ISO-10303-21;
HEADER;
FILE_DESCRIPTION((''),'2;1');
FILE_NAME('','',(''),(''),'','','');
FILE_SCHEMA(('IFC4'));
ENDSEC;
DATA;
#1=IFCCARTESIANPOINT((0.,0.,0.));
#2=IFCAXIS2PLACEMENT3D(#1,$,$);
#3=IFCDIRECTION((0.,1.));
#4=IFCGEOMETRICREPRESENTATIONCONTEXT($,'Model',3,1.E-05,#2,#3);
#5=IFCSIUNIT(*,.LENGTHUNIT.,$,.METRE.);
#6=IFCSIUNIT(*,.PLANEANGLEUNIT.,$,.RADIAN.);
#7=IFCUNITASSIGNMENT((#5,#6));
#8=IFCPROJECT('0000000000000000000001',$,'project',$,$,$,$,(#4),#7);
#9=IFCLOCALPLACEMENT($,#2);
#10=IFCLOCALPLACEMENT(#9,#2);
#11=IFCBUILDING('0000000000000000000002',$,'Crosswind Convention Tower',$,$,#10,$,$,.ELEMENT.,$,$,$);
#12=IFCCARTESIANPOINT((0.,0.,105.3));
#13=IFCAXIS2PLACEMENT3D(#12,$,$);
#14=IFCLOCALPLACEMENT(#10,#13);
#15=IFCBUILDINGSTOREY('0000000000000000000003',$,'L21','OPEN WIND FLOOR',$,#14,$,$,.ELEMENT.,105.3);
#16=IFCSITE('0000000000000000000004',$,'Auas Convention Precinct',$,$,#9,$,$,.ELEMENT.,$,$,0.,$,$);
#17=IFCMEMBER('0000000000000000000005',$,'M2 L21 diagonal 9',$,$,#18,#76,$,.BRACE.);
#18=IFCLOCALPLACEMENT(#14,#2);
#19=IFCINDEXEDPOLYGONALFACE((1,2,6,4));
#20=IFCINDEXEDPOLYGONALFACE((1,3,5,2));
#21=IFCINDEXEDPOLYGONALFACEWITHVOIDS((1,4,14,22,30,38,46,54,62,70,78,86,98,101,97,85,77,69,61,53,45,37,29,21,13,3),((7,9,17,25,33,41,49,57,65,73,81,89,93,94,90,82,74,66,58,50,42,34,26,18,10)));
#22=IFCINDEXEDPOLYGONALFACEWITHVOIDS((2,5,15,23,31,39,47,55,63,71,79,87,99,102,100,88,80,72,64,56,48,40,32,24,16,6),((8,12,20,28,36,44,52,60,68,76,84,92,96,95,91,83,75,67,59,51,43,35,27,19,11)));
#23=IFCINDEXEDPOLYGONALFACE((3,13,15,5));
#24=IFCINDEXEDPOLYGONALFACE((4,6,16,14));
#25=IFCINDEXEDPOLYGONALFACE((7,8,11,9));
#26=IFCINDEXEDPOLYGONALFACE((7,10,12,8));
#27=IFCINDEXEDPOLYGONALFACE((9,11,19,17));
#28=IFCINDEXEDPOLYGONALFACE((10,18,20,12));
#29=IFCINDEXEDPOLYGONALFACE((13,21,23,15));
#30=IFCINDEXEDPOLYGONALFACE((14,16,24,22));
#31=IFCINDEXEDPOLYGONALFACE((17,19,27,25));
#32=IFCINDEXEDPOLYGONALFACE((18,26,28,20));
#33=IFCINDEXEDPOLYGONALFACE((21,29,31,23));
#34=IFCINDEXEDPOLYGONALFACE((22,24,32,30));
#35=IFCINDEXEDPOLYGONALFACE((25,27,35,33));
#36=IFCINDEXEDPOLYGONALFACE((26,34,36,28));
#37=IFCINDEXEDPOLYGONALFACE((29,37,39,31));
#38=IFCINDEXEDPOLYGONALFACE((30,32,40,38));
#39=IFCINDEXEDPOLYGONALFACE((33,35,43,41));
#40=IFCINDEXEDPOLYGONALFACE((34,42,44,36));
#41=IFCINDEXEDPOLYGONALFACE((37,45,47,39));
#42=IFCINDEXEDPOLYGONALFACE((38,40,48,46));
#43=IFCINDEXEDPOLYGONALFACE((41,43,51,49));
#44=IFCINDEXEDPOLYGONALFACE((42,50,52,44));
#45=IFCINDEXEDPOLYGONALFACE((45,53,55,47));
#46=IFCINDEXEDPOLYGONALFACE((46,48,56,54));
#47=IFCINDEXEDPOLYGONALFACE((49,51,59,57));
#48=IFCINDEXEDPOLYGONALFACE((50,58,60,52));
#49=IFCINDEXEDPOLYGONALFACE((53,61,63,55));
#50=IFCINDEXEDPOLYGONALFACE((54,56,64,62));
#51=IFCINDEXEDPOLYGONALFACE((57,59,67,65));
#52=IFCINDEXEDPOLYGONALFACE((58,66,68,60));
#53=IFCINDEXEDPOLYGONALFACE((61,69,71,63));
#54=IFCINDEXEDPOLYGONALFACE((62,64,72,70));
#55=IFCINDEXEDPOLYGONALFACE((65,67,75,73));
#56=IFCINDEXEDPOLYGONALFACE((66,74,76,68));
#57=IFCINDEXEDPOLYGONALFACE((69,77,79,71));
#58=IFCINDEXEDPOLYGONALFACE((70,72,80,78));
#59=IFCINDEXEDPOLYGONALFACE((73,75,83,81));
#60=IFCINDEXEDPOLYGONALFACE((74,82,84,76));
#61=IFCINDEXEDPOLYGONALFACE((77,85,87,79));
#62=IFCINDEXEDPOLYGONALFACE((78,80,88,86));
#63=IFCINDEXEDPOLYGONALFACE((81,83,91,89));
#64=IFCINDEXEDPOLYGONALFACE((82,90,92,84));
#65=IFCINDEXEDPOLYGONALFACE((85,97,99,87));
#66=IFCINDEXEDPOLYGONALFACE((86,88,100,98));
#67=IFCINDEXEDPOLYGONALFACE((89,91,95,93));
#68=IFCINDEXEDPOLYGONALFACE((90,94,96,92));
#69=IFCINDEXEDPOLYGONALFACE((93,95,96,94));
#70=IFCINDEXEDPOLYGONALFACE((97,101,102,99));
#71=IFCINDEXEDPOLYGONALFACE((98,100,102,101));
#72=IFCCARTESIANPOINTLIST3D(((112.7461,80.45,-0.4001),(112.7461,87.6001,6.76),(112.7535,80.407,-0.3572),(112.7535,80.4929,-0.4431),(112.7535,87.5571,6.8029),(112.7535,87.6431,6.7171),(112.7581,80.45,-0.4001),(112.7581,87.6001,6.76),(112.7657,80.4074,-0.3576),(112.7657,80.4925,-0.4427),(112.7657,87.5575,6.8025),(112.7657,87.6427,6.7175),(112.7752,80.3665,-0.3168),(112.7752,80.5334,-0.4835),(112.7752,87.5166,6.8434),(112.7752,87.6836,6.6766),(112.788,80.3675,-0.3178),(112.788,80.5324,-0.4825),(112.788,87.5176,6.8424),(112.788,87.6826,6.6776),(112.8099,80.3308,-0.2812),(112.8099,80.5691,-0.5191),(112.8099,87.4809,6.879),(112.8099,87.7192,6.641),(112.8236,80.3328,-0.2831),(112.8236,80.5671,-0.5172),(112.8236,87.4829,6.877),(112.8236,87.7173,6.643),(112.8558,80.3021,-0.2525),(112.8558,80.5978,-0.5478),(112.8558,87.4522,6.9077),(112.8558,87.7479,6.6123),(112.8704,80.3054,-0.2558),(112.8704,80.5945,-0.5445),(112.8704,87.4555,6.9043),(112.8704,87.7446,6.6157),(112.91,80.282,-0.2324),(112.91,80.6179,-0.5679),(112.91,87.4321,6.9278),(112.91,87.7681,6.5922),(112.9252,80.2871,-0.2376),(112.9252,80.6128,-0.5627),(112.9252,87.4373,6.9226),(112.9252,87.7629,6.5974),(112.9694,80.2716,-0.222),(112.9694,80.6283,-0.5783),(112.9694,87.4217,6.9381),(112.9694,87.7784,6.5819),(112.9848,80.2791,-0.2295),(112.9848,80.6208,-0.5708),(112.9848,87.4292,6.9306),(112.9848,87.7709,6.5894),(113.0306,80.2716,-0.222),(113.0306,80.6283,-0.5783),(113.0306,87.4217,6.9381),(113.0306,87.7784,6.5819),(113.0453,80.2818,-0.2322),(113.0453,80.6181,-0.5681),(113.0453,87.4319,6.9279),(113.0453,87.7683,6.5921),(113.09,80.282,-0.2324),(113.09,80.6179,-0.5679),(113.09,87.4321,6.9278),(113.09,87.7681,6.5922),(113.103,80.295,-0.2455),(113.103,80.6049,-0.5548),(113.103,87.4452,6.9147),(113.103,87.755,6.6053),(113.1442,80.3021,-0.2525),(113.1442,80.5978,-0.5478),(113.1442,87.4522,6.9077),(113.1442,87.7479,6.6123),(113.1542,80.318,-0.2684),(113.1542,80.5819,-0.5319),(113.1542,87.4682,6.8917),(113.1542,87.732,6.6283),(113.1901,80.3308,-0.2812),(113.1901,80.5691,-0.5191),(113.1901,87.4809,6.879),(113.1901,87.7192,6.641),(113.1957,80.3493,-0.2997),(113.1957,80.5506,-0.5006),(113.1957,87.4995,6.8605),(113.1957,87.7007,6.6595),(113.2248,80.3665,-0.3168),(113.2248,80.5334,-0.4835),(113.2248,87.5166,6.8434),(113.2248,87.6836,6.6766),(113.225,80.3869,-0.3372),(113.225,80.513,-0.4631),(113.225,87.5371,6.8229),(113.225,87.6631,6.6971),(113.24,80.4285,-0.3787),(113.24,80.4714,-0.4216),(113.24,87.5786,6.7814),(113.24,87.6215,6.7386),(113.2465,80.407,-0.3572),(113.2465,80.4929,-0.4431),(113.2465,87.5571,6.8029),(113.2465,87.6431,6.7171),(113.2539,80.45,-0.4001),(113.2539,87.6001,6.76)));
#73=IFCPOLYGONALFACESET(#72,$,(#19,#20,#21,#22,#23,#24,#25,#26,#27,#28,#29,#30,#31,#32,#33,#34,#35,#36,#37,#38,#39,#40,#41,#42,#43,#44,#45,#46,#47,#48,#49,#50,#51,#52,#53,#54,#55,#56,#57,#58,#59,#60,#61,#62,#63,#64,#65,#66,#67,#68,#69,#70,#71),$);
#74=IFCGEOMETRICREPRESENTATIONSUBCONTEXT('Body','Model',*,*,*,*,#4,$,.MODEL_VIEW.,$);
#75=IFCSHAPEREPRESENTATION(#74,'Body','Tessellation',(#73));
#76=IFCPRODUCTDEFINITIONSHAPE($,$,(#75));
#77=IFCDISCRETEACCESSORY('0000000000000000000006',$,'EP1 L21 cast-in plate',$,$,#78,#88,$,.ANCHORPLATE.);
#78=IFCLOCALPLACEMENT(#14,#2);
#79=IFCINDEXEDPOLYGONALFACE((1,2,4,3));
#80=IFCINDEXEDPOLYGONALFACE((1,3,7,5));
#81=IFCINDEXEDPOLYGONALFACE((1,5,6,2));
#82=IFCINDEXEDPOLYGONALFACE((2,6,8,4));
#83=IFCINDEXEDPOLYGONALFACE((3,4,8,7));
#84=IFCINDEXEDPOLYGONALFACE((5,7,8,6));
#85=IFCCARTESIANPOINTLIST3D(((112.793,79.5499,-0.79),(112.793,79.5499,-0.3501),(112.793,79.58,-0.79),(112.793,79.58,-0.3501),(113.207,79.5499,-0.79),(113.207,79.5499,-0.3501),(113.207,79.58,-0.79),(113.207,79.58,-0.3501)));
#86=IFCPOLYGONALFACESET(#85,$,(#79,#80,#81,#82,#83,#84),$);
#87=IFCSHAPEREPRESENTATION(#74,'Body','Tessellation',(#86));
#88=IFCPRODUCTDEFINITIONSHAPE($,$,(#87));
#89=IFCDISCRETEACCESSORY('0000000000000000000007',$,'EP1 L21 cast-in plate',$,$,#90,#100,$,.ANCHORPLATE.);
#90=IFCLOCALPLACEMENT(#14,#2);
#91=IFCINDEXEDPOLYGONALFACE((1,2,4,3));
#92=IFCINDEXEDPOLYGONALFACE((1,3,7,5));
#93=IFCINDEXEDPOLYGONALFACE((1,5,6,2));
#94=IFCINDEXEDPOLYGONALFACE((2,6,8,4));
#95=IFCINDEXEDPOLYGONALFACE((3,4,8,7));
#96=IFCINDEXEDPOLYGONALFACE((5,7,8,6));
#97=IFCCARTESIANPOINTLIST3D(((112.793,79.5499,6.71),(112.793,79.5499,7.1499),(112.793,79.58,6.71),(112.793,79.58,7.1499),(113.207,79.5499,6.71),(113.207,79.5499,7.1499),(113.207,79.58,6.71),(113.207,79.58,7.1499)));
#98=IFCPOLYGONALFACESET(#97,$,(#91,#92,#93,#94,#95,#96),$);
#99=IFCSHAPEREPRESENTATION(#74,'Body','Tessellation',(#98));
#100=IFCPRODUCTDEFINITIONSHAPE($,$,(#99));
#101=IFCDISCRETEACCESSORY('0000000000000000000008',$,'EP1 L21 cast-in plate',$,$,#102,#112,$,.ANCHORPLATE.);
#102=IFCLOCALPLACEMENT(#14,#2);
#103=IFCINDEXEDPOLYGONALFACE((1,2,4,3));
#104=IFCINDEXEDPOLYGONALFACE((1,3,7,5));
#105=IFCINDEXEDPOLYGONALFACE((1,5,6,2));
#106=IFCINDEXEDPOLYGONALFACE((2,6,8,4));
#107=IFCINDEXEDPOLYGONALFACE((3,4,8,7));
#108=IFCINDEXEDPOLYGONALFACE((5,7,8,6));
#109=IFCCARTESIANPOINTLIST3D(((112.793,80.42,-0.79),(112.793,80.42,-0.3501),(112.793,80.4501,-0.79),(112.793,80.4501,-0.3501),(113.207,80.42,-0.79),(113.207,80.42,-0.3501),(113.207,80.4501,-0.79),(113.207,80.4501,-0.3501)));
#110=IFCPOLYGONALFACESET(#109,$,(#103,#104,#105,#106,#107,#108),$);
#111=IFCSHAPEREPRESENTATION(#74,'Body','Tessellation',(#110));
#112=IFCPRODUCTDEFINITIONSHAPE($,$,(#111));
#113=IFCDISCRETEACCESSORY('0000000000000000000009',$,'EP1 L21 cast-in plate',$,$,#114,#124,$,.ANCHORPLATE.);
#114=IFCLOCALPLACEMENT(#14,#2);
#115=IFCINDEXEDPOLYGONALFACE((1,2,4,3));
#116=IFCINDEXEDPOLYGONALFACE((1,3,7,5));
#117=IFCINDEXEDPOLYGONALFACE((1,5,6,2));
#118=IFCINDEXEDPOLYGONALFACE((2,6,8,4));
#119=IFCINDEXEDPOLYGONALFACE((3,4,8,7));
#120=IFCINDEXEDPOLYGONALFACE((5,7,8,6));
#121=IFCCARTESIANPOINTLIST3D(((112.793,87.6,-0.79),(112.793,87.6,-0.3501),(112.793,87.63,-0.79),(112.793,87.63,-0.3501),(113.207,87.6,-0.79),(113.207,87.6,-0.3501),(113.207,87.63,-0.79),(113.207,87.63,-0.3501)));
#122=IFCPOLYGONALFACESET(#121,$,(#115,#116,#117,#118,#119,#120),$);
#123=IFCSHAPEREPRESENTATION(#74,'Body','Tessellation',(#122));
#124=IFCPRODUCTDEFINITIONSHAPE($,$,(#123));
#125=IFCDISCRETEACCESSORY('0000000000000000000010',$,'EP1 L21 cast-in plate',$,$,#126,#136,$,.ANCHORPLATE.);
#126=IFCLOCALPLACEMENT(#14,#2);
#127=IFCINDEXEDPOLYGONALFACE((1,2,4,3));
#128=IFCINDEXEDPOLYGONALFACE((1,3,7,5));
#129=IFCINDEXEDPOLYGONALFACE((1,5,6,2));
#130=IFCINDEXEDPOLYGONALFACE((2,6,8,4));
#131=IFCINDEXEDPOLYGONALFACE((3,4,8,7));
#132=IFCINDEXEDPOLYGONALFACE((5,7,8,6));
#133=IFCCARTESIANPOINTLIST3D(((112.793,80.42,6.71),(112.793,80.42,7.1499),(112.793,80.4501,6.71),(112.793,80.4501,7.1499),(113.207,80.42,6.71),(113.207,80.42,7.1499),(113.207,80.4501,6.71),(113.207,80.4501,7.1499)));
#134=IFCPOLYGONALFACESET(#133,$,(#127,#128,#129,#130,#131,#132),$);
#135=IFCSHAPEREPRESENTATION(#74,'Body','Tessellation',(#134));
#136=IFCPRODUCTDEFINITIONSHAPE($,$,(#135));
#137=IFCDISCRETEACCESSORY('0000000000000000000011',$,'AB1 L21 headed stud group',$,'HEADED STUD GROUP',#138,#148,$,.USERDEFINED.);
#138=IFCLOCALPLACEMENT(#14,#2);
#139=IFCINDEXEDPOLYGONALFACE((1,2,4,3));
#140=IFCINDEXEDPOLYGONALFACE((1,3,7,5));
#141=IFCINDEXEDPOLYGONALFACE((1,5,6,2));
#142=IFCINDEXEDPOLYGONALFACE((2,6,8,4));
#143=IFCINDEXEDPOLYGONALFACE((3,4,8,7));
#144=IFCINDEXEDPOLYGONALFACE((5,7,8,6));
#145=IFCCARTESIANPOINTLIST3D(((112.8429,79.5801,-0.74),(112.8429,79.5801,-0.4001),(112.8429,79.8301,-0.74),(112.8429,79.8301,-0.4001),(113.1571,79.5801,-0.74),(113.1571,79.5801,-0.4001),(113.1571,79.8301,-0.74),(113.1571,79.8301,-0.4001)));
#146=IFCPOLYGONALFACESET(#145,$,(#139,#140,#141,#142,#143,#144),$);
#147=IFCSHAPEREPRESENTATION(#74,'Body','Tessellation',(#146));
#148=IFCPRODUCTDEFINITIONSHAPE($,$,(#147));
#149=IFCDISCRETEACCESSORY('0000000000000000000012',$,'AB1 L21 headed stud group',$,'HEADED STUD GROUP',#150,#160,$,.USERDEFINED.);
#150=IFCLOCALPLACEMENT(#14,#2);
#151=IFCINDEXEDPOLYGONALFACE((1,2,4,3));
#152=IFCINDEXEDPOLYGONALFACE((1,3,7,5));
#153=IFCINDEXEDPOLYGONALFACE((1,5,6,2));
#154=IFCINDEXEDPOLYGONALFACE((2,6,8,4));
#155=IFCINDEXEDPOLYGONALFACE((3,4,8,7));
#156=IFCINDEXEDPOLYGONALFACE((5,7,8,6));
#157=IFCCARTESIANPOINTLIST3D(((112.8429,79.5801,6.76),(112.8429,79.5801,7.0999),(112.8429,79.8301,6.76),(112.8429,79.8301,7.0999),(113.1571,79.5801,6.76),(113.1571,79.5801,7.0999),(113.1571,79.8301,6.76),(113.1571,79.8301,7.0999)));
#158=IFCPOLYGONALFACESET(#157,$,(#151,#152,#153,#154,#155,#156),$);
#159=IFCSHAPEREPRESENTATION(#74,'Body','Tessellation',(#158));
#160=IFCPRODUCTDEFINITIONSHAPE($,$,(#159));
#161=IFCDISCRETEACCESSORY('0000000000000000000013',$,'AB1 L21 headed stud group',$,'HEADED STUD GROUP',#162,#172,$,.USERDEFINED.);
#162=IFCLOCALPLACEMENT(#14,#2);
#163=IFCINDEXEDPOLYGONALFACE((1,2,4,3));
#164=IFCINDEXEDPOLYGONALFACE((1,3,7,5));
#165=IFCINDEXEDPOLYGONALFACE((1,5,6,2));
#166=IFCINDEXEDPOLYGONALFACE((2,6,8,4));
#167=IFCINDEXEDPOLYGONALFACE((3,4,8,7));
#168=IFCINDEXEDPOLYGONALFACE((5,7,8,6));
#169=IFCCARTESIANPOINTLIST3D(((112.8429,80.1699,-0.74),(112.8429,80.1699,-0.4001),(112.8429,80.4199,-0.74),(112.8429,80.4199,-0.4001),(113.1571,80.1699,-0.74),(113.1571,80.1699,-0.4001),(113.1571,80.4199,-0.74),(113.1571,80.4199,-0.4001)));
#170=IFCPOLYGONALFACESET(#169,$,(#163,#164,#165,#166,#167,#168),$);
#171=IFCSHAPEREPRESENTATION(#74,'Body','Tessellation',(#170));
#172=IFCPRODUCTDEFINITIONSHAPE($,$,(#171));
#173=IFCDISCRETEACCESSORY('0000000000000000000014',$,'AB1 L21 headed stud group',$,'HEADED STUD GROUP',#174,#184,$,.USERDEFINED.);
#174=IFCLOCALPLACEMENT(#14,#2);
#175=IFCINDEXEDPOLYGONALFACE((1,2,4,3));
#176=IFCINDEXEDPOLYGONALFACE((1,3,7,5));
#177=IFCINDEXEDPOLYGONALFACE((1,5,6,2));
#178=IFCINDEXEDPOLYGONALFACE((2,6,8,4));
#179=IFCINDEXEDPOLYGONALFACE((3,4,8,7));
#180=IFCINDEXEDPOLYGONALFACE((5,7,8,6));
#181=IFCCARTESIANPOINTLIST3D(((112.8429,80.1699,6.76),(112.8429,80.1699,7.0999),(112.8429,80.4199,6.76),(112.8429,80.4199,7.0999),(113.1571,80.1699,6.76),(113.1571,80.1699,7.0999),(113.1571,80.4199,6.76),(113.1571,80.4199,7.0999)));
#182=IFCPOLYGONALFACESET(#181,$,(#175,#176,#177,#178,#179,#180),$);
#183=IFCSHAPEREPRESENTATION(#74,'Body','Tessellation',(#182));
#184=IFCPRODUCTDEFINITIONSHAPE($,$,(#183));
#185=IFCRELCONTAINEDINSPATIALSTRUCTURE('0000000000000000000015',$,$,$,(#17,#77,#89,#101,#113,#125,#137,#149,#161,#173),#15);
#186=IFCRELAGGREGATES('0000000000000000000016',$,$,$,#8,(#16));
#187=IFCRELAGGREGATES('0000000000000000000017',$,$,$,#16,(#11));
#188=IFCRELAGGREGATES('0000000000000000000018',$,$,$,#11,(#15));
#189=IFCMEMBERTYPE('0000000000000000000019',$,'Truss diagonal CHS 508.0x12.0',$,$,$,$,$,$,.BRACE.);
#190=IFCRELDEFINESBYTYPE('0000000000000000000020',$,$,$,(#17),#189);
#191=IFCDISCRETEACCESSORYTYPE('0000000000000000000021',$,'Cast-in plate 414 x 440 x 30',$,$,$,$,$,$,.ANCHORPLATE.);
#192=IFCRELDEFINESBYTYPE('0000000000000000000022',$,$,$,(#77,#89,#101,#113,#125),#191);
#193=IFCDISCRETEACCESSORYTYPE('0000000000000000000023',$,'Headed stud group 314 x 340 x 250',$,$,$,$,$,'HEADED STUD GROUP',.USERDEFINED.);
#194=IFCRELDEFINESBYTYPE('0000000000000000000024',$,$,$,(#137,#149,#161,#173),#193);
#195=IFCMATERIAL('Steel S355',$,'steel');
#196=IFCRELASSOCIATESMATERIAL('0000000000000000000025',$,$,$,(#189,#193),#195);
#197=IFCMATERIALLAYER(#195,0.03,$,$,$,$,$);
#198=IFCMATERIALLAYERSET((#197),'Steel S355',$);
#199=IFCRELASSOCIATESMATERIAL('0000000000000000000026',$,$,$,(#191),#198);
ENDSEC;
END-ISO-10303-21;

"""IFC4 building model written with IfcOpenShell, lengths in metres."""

from ifc_helpers import new_model, si_unit, direction, frame, origin, origin_2d, place, context, subcontext, project, spatial, rectangle, hollow_circle, extrude, material, layer, layer_set, material_profile, profile_set, type_object, element, save


model = new_model("IFC4")

# Units and contexts
model_context = context("Model", 3, precision=1e-05, world=origin(), true_north=direction((0.0, 1.0)))
body_context = subcontext(model_context, "Body", "Model", "MODEL_VIEW")
ifc_project = project(units=[si_unit("LENGTHUNIT", "METRE"), si_unit("PLANEANGLEUNIT", "RADIAN")], contexts=[model_context])

# Site, building, storey
site_placement = place(None, origin())
site = spatial("IfcSite", under=ifc_project, at=site_placement, Name="Auas Convention Precinct", CompositionType="ELEMENT", RefElevation=0.0)
building_placement = place(site_placement, origin())
building = spatial("IfcBuilding", under=site, at=building_placement, Name="Crosswind Convention Tower", CompositionType="ELEMENT")
storey_placement = place(building_placement, frame((0.0, 0.0, 105.3)))
storey = spatial("IfcBuildingStorey", under=building, at=storey_placement, Name="L21", Description="OPEN WIND FLOOR", CompositionType="ELEMENT", Elevation=105.3)

# Shared definitions
ifc_material_1 = material(Name="Steel S355", Category="steel")

# Member
ifc_material_profile_1 = material_profile(ifc_material_1, hollow_circle(Radius=0.2539, WallThickness=0.012, at=origin_2d()), Name="CHS 508.0x12.0")
ifc_profile_set_1 = profile_set([ifc_material_profile_1], Name="Steel S355")
member_type_1 = type_object("IfcMemberType", Name="Truss diagonal CHS 508.0x12.0", PredefinedType="BRACE", material=ifc_profile_set_1)
member_placement = place(storey_placement, frame((113.0, 80.45, -0.4001), z_axis=(0.0, 0.706612, 0.707601), x_axis=(-1.0, 0.0, 0.0)))
element("IfcMember", 1, at=member_placement, inside=storey, type_object=member_type_1, Name="M2 L21 diagonal 9", PredefinedType="BRACE", context=body_context, shape_type="SweptSolid", body=[
    extrude(hollow_circle(Radius=0.2539, WallThickness=0.012, at=origin_2d()), origin(), (0.0, 0.0, 1.0), 10.1189),
])

# Discrete accessories
ifc_layer = layer(ifc_material_1, 0.03)
ifc_layer_set = layer_set([ifc_layer], Name="Steel S355")
discrete_accessory_type_1 = type_object("IfcDiscreteAccessoryType", Name="Cast-in plate 414 x 440 x 30", PredefinedType="ANCHORPLATE", material=ifc_layer_set)
for number, where, z_axis, x_axis, name in (
    (2, (113.0, 79.5649, -0.79), (0.0, 0.0, 1.0), (1.0, 0.0, 0.0), "EP1 L21 cast-in plate"),
    (3, (113.0, 79.5649, 6.71), (0.0, 0.0, 1.0), (1.0, 0.0, 0.0), "EP1 L21 cast-in plate"),
    (4, (113.0, 80.4351, -0.79), (0.0, 0.0, 1.0), (1.0, 0.0, 0.0), "EP1 L21 cast-in plate"),
    (5, (113.0, 87.615, -0.79), (0.0, 0.0, 1.0), (1.0, 0.0, 0.0), "EP1 L21 cast-in plate"),
    (6, (113.0, 80.4351, 6.71), (0.0, 0.0, 1.0), (1.0, 0.0, 0.0), "EP1 L21 cast-in plate"),
):
    element("IfcDiscreteAccessory", number, at=place(storey_placement, frame(where, z_axis=z_axis, x_axis=x_axis)), inside=storey, type_object=discrete_accessory_type_1, Name=name, PredefinedType="ANCHORPLATE", context=body_context, shape_type="SweptSolid", body=[
        extrude(rectangle(XDim=0.4141, YDim=0.03, at=origin_2d()), origin(), (0.0, 0.0, 1.0), 0.4399),
    ])
discrete_accessory_type_2 = type_object("IfcDiscreteAccessoryType", Name="Headed stud group 314 x 340 x 250", ElementType="HEADED STUD GROUP", PredefinedType="USERDEFINED", material=ifc_material_1)
for number, where, z_axis, x_axis, name in (
    (7, (113.0, 79.7051, -0.74), (0.0, 0.0, 1.0), (1.0, 0.0, 0.0), "AB1 L21 headed stud group"),
    (8, (113.0, 79.7051, 6.76), (0.0, 0.0, 1.0), (1.0, 0.0, 0.0), "AB1 L21 headed stud group"),
    (9, (113.0, 80.2949, -0.74), (0.0, 0.0, 1.0), (1.0, 0.0, 0.0), "AB1 L21 headed stud group"),
    (10, (113.0, 80.2949, 6.76), (0.0, 0.0, 1.0), (1.0, 0.0, 0.0), "AB1 L21 headed stud group"),
):
    element("IfcDiscreteAccessory", number, at=place(storey_placement, frame(where, z_axis=z_axis, x_axis=x_axis)), inside=storey, type_object=discrete_accessory_type_2, Name=name, ObjectType="HEADED STUD GROUP", PredefinedType="USERDEFINED", context=body_context, shape_type="SweptSolid", body=[
        extrude(rectangle(XDim=0.3142, YDim=0.25, at=origin_2d()), origin(), (0.0, 0.0, 1.0), 0.3398),
    ])

save(model, "model.ifc")
